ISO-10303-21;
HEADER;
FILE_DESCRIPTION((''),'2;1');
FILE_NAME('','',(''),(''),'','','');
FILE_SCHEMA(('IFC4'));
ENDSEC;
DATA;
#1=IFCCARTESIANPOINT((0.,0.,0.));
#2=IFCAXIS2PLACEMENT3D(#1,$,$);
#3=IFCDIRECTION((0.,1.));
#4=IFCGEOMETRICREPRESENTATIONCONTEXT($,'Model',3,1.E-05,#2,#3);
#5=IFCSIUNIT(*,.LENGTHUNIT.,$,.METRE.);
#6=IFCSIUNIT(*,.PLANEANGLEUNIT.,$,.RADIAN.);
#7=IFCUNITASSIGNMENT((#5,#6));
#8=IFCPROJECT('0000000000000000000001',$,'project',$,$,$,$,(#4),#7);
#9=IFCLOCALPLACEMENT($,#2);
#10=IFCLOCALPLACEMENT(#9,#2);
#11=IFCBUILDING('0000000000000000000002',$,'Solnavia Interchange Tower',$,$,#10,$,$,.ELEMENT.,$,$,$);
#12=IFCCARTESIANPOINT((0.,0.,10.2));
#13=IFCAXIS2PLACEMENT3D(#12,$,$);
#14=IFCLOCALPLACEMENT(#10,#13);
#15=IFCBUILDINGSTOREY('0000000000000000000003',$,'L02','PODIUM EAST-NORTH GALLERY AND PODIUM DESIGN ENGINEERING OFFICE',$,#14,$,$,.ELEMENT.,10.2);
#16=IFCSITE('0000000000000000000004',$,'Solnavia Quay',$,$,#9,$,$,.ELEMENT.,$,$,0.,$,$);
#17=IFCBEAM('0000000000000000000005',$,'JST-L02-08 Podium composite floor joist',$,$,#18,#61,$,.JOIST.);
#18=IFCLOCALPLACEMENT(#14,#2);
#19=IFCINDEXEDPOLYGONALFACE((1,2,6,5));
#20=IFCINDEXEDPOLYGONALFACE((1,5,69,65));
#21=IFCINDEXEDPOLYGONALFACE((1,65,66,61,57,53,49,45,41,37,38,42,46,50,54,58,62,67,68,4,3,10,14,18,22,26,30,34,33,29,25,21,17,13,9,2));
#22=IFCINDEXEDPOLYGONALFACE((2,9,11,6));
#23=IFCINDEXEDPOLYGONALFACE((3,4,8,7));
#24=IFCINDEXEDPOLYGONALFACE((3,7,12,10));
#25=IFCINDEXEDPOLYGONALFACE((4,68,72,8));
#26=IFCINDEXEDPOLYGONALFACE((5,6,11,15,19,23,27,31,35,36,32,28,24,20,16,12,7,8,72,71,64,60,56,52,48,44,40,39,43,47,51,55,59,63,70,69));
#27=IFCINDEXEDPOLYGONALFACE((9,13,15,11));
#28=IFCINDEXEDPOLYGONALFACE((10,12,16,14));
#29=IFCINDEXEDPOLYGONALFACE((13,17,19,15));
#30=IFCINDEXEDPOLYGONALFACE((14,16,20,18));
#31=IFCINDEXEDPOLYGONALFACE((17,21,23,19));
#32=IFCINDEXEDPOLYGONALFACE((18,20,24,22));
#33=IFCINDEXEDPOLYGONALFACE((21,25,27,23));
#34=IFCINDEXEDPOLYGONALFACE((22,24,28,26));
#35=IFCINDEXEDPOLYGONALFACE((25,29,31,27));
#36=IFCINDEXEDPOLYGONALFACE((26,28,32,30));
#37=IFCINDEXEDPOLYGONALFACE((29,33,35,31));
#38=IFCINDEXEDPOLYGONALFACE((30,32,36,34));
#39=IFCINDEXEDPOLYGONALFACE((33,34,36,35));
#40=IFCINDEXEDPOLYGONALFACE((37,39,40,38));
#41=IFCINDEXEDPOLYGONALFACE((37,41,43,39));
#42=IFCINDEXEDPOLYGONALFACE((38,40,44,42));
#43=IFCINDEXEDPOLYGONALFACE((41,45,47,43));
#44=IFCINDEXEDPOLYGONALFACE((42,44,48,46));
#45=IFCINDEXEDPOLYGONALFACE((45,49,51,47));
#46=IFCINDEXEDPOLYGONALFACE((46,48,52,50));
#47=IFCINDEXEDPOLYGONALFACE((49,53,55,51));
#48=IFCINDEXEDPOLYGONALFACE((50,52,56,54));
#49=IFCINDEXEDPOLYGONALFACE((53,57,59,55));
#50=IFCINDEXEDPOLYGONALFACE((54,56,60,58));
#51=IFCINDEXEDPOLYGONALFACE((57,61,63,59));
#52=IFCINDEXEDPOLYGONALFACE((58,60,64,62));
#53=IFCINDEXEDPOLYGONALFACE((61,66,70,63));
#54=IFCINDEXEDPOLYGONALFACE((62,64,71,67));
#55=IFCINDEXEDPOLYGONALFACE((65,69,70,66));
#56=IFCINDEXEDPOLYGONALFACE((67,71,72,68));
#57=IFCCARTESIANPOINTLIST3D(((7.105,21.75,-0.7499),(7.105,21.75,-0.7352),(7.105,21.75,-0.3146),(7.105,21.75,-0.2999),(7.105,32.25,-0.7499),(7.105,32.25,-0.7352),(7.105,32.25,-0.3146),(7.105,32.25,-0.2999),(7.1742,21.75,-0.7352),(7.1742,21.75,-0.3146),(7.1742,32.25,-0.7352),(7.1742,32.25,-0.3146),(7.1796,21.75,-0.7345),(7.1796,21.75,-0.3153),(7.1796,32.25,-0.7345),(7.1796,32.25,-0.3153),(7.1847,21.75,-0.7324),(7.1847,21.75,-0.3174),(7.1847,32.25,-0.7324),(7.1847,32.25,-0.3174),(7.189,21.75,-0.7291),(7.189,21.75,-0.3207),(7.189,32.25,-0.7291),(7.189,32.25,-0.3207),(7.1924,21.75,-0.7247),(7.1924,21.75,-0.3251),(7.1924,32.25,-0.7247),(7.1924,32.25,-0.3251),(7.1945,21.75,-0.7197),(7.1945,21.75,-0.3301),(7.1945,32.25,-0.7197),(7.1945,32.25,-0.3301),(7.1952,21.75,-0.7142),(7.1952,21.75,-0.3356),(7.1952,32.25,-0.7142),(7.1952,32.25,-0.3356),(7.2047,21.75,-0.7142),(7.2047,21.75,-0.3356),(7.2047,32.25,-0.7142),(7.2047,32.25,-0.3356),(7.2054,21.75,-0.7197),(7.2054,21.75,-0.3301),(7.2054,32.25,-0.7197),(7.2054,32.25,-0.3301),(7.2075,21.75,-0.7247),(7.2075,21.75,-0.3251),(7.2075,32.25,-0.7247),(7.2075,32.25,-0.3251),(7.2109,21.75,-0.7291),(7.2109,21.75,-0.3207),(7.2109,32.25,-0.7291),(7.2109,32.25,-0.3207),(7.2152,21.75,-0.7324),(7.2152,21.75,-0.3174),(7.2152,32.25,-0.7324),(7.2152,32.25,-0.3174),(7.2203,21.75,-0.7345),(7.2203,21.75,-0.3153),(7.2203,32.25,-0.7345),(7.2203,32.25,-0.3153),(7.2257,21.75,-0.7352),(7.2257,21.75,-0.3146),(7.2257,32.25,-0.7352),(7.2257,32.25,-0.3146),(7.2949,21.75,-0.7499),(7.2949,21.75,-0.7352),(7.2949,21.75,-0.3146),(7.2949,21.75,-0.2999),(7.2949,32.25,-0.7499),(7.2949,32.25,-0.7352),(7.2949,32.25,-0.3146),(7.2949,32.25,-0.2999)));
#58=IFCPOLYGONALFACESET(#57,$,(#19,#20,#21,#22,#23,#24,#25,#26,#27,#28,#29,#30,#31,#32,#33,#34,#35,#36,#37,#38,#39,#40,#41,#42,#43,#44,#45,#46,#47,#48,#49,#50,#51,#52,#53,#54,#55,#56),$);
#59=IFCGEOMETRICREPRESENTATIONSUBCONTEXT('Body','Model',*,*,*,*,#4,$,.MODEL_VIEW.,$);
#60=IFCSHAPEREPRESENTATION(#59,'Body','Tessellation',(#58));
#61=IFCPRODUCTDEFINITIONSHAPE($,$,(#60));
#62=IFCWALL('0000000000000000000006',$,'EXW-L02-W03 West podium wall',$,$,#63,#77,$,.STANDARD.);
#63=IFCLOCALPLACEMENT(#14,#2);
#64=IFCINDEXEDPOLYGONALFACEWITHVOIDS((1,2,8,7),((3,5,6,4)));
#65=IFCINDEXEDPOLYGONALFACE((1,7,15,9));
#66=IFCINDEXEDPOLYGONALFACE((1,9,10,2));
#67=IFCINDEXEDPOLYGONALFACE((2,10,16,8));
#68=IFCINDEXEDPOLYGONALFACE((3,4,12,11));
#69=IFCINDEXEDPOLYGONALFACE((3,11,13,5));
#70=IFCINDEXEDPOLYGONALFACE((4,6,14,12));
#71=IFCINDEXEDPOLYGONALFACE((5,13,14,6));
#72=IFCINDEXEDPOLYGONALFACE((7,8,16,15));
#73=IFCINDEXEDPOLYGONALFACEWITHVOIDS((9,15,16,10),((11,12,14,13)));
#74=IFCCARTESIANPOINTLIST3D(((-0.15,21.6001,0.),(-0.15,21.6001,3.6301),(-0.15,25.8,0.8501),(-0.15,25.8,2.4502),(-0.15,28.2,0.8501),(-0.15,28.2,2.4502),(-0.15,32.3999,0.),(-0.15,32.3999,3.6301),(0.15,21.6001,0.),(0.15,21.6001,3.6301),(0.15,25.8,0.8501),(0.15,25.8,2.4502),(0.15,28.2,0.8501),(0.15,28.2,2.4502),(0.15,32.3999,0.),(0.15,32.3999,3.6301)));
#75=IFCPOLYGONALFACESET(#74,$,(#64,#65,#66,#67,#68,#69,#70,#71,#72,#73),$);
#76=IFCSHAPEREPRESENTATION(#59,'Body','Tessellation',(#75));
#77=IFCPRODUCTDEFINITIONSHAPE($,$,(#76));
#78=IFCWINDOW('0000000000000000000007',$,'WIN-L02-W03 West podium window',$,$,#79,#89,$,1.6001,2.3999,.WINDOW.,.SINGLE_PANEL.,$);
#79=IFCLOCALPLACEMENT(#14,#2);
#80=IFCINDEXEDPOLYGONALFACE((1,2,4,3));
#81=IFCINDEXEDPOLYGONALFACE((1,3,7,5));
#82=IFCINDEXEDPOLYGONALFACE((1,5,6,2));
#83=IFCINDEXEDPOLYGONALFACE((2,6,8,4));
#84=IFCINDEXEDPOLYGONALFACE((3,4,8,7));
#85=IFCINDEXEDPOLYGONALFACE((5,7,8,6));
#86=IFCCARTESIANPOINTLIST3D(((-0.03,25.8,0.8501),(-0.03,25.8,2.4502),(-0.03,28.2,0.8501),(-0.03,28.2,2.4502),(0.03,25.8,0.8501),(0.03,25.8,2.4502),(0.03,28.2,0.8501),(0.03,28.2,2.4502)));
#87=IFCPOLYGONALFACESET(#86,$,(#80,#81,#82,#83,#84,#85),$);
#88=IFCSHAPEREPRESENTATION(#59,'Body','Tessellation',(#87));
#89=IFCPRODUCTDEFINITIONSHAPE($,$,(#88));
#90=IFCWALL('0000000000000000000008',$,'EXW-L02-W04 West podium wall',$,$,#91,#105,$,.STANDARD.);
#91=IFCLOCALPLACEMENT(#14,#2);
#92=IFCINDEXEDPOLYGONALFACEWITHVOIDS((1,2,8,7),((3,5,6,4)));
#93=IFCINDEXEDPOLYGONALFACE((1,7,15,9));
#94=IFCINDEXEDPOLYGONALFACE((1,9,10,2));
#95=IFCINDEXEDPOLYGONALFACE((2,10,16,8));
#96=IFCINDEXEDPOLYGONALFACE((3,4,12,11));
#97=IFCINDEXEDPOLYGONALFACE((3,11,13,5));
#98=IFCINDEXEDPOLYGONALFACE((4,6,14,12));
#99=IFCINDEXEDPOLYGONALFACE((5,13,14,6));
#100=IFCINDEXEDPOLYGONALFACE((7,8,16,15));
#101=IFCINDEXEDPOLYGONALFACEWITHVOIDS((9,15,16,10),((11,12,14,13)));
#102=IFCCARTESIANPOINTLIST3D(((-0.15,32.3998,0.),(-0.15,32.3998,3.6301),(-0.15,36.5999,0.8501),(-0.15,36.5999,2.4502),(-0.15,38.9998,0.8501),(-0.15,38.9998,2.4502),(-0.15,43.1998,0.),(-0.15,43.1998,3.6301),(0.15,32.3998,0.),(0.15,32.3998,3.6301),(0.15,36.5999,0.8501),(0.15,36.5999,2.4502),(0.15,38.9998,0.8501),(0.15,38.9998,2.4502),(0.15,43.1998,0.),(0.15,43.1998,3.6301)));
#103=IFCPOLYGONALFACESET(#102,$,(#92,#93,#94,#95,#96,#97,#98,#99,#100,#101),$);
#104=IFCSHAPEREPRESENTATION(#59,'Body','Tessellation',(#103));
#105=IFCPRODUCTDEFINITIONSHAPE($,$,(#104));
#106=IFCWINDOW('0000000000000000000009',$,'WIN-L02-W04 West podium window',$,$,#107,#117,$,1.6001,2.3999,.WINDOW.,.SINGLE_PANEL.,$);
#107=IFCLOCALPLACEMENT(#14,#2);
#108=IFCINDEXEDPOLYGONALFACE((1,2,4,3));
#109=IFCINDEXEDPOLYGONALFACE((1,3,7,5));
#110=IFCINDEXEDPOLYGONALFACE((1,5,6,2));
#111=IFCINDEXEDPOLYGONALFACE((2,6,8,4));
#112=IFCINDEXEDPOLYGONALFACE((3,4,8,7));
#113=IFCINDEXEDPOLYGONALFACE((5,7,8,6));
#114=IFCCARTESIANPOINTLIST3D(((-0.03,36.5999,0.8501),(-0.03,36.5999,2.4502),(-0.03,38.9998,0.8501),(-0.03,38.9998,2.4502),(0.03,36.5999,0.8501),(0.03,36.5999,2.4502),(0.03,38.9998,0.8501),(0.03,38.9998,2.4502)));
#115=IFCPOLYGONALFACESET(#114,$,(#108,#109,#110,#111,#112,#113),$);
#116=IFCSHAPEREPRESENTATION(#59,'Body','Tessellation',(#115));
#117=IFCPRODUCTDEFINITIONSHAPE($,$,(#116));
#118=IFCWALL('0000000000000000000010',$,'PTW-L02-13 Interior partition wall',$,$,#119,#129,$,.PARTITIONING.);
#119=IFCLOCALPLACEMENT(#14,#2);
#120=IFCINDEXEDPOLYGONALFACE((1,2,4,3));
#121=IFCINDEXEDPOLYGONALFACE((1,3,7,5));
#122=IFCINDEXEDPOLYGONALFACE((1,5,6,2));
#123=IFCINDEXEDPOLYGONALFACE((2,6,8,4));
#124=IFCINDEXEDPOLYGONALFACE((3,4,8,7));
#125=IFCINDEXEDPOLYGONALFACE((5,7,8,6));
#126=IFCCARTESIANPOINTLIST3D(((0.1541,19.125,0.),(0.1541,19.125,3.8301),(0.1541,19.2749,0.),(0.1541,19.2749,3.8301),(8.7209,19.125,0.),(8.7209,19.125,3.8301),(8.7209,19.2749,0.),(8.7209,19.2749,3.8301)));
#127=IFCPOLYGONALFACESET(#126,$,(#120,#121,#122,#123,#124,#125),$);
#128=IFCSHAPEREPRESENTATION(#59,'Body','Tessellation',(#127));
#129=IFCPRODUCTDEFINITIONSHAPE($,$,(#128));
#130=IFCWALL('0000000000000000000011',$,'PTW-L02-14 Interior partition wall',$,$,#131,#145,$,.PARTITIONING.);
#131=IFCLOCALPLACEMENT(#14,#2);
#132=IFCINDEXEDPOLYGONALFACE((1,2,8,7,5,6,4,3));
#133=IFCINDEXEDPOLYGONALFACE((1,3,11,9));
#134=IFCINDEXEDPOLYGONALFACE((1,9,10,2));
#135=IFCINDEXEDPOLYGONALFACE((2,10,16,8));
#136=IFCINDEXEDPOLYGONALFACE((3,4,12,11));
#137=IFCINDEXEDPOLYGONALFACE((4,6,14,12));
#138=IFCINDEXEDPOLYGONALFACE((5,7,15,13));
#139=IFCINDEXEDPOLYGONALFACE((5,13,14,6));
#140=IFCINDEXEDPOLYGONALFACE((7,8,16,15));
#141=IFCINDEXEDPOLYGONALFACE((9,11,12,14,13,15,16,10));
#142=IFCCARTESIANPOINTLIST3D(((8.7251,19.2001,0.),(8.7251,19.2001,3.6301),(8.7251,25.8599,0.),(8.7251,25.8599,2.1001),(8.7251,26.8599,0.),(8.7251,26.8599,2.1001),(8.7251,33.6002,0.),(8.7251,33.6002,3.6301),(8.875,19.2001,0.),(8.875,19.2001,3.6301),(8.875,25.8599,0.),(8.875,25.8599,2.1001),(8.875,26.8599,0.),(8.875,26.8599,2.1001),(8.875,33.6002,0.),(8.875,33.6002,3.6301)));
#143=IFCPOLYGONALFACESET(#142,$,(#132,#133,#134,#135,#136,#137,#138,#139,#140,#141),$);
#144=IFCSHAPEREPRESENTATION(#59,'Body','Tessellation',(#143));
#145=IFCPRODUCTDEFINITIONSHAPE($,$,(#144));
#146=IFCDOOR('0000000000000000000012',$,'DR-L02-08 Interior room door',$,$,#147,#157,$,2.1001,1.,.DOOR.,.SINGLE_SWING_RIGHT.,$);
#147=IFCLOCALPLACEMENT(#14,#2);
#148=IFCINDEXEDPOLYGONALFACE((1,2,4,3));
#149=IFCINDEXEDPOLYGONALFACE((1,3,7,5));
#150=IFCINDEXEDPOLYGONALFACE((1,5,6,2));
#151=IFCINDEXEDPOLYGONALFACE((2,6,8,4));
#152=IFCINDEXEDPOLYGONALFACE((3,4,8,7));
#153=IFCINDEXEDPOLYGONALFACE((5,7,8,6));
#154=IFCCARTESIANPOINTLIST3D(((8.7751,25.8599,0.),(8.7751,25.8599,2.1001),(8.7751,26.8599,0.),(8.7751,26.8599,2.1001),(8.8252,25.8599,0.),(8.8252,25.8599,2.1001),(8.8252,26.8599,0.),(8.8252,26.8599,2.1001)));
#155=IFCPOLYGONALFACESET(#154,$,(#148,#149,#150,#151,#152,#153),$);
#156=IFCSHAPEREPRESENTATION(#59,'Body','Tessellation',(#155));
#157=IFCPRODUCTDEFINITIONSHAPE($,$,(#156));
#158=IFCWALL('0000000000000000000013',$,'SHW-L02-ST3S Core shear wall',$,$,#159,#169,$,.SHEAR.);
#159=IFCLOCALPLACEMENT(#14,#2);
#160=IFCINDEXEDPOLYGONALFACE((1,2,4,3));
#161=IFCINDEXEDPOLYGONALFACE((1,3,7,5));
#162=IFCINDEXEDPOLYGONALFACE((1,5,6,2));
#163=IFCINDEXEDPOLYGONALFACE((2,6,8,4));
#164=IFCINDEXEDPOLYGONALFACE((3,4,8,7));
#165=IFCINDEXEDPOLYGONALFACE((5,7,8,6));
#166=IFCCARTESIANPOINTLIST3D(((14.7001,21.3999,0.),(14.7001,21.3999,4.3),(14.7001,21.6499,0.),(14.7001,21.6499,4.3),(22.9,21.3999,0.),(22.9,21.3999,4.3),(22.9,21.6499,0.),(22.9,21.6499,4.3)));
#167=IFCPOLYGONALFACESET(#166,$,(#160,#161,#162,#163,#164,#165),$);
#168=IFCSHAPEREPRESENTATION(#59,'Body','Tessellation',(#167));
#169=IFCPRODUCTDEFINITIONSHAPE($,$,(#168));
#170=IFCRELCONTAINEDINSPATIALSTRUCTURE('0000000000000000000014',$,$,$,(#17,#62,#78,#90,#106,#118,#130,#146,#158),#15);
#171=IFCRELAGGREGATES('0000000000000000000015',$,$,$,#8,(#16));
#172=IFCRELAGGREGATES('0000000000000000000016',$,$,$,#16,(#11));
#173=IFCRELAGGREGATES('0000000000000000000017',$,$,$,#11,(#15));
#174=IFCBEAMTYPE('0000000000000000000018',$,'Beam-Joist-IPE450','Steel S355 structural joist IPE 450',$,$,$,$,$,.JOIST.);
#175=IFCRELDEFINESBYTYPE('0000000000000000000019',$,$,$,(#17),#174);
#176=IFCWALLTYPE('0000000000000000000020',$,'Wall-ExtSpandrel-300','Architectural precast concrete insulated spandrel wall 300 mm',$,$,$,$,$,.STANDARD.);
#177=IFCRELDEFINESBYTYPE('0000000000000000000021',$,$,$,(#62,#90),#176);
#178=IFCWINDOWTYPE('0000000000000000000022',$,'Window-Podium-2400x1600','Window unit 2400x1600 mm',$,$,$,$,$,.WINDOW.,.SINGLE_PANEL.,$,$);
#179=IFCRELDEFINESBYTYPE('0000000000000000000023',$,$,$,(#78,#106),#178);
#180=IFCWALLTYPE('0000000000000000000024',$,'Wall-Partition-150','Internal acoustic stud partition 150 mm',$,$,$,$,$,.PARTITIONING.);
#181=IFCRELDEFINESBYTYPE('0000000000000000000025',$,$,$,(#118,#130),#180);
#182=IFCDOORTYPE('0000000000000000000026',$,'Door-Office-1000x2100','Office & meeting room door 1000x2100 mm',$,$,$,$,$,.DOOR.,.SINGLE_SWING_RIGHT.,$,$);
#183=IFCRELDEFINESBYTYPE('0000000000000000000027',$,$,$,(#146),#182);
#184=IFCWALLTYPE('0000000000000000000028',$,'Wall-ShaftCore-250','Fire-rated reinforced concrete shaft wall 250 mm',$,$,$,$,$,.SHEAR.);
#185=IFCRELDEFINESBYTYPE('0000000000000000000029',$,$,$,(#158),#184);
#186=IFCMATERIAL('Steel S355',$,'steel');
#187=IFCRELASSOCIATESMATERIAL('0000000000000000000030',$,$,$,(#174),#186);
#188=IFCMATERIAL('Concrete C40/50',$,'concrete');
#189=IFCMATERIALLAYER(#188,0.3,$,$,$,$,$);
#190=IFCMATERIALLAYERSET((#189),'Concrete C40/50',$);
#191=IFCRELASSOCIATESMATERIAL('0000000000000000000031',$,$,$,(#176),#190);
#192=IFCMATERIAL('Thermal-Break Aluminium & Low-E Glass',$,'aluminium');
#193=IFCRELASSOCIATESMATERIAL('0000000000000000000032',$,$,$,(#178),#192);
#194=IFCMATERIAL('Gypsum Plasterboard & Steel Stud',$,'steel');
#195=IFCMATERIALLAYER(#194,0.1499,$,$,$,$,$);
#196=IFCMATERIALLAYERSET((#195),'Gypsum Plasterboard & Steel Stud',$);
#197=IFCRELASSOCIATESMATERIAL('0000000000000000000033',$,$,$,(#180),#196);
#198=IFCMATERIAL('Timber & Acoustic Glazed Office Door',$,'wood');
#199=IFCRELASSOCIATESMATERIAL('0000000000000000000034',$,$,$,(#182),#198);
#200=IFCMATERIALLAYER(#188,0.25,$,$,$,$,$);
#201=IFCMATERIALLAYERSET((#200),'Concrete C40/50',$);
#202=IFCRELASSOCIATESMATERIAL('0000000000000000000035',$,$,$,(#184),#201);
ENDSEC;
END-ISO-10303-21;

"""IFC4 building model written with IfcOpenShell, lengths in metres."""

from ifc_helpers import new_model, si_unit, direction, frame, frame_2d, origin, origin_2d, place, context, subcontext, project, spatial, rectangle, i_section, extrude, material, layer, layer_set, material_profile, profile_set, type_object, element, fill, save


model = new_model("IFC4")

# Units and contexts
model_context = context("Model", 3, precision=1e-05, world=origin(), true_north=direction((0.0, 1.0)))
body_context = subcontext(model_context, "Body", "Model", "MODEL_VIEW")
ifc_project = project(units=[si_unit("LENGTHUNIT", "METRE"), si_unit("PLANEANGLEUNIT", "RADIAN")], contexts=[model_context])

# Site, building, storey
site_placement = place(None, origin())
site = spatial("IfcSite", under=ifc_project, at=site_placement, Name="Solnavia Quay", CompositionType="ELEMENT", RefElevation=0.0)
building_placement = place(site_placement, origin())
building = spatial("IfcBuilding", under=site, at=building_placement, Name="Solnavia Interchange Tower", CompositionType="ELEMENT")
storey_placement = place(building_placement, frame((0.0, 0.0, 10.2)))
storey = spatial("IfcBuildingStorey", under=building, at=storey_placement, Name="L02", Description="PODIUM EAST-NORTH GALLERY AND PODIUM DESIGN ENGINEERING OFFICE", CompositionType="ELEMENT", Elevation=10.2)

# Beam
ifc_material_1 = material(Name="Steel S355", Category="steel")
ifc_material_profile_1 = material_profile(ifc_material_1, i_section(OverallWidth=0.1899, OverallDepth=0.45, WebThickness=0.0095, FlangeThickness=0.0146, FilletRadius=0.021, at=origin_2d()), Name="IPE 450")
ifc_profile_set_1 = profile_set([ifc_material_profile_1], Name="Steel S355")
beam_type_1 = type_object("IfcBeamType", Name="Beam-Joist-IPE450", Description="Steel S355 structural joist IPE 450", PredefinedType="JOIST", material=ifc_profile_set_1)
for number, where, z_axis, x_axis, name in (
    (1, (7.2, 21.75, -0.5249), (0.0, 1.0, 0.0), (-1.0, 0.0, 0.0), "JST-L02-08 Podium composite floor joist"),
):
    element("IfcBeam", number, at=place(storey_placement, frame(where, z_axis=z_axis, x_axis=x_axis)), inside=storey, type_object=beam_type_1, Name=name, PredefinedType="JOIST", context=body_context, shape_type="SweptSolid", body=[
        extrude(i_section(OverallWidth=0.1899, OverallDepth=0.45, WebThickness=0.0095, FlangeThickness=0.0146, FilletRadius=0.021, at=origin_2d()), origin(), (0.0, 0.0, 1.0), 10.5),
    ])

# Walls, openings, windows
ifc_material_2 = material(Name="Concrete C40/50", Category="concrete")
ifc_layer_1 = layer(ifc_material_2, 0.3)
ifc_layer_set_1 = layer_set([ifc_layer_1], Name="Concrete C40/50")
wall_type_1 = type_object("IfcWallType", Name="Wall-ExtSpandrel-300", Description="Architectural precast concrete insulated spandrel wall 300 mm", PredefinedType="STANDARD", material=ifc_layer_set_1)
wall_1_placement = place(storey_placement, frame((0.0, 21.6001, 0.0), z_axis=(0.0, 0.0, 1.0), x_axis=(0.0, 1.0, 0.0)))
wall_1 = element("IfcWall", 2, at=wall_1_placement, inside=storey, type_object=wall_type_1, Name="EXW-L02-W03 West podium wall", PredefinedType="STANDARD", context=body_context, shape_type="SweptSolid", body=[
    extrude(rectangle(XDim=10.7998, YDim=0.3, at=frame_2d((5.3999, 0.0))), origin(), (0.0, 0.0, 1.0), 3.6301),
])
opening_1_placement = place(wall_1_placement, frame((4.2, 0.0, 0.8501)))
opening_1 = element("IfcOpeningElement", 3, at=opening_1_placement, cuts=wall_1, PredefinedType="OPENING", context=body_context, shape_type="SweptSolid", body=[
    extrude(rectangle(XDim=2.3999, YDim=1.6001, at=frame_2d((1.2, 0.8))), frame((0.0, 0.1602, 0.0), z_axis=(0.0, -1.0, 0.0), x_axis=(1.0, 0.0, 0.0)), (0.0, 0.0, 1.0), 0.3201),
])
ifc_material_3 = material(Name="Thermal-Break Aluminium & Low-E Glass", Category="aluminium")
window_type = type_object("IfcWindowType", Name="Window-Podium-2400x1600", Description="Window unit 2400x1600 mm", PartitioningType="SINGLE_PANEL", PredefinedType="WINDOW", material=ifc_material_3)
window_1_placement = place(opening_1_placement, origin())
window_1 = element("IfcWindow", 4, at=window_1_placement, inside=storey, type_object=window_type, Name="WIN-L02-W03 West podium window", OverallHeight=1.6001, OverallWidth=2.3999, PartitioningType="SINGLE_PANEL", PredefinedType="WINDOW", context=body_context, shape_type="SweptSolid", body=[
    extrude(rectangle(XDim=2.3999, YDim=1.6001, at=frame_2d((1.2, 0.8))), frame((0.0, 0.03, 0.0), z_axis=(0.0, -1.0, 0.0), x_axis=(1.0, 0.0, 0.0)), (0.0, 0.0, 1.0), 0.0601),
])
fill(opening_1, window_1)
wall_2_placement = place(storey_placement, frame((0.0, 32.3999, 0.0), z_axis=(0.0, 0.0, 1.0), x_axis=(0.0, 1.0, 0.0)))
wall_2 = element("IfcWall", 5, at=wall_2_placement, inside=storey, type_object=wall_type_1, Name="EXW-L02-W04 West podium wall", PredefinedType="STANDARD", context=body_context, shape_type="SweptSolid", body=[
    extrude(rectangle(XDim=10.8, YDim=0.3, at=frame_2d((5.3999, 0.0))), origin(), (0.0, 0.0, 1.0), 3.6301),
])
opening_2_placement = place(wall_2_placement, frame((4.2, 0.0, 0.8501)))
opening_2 = element("IfcOpeningElement", 6, at=opening_2_placement, cuts=wall_2, PredefinedType="OPENING", context=body_context, shape_type="SweptSolid", body=[
    extrude(rectangle(XDim=2.3999, YDim=1.6001, at=frame_2d((1.2, 0.8))), frame((0.0, 0.1602, 0.0), z_axis=(0.0, -1.0, 0.0), x_axis=(1.0, 0.0, 0.0)), (0.0, 0.0, 1.0), 0.3201),
])
window_2_placement = place(opening_2_placement, origin())
window_2 = element("IfcWindow", 7, at=window_2_placement, inside=storey, type_object=window_type, Name="WIN-L02-W04 West podium window", OverallHeight=1.6001, OverallWidth=2.3999, PartitioningType="SINGLE_PANEL", PredefinedType="WINDOW", context=body_context, shape_type="SweptSolid", body=[
    extrude(rectangle(XDim=2.3999, YDim=1.6001, at=frame_2d((1.2, 0.8))), frame((0.0, 0.03, 0.0), z_axis=(0.0, -1.0, 0.0), x_axis=(1.0, 0.0, 0.0)), (0.0, 0.0, 1.0), 0.0601),
])
fill(opening_2, window_2)

# Wall
ifc_material_4 = material(Name="Gypsum Plasterboard & Steel Stud", Category="steel")
ifc_layer_2 = layer(ifc_material_4, 0.1499)
ifc_layer_set_2 = layer_set([ifc_layer_2], Name="Gypsum Plasterboard & Steel Stud")
wall_type_2 = type_object("IfcWallType", Name="Wall-Partition-150", Description="Internal acoustic stud partition 150 mm", PredefinedType="PARTITIONING", material=ifc_layer_set_2)
wall_3_placement = place(storey_placement, frame((0.1541, 19.2, 0.0), z_axis=(0.0, 0.0, 1.0), x_axis=(1.0, 0.0, 0.0)))
element("IfcWall", 8, at=wall_3_placement, inside=storey, type_object=wall_type_2, Name="PTW-L02-13 Interior partition wall", PredefinedType="PARTITIONING", context=body_context, shape_type="SweptSolid", body=[
    extrude(rectangle(XDim=8.5669, YDim=0.1499, at=frame_2d((4.2834, 0.0))), origin(), (0.0, 0.0, 1.0), 3.8301),
])

# Wall, opening, door
wall_4_placement = place(storey_placement, frame((8.8, 19.2, 0.0), z_axis=(0.0, 0.0, 1.0), x_axis=(0.0, 1.0, 0.0)))
wall_4 = element("IfcWall", 9, at=wall_4_placement, inside=storey, type_object=wall_type_2, Name="PTW-L02-14 Interior partition wall", PredefinedType="PARTITIONING", context=body_context, shape_type="SweptSolid", body=[
    extrude(rectangle(XDim=14.4001, YDim=0.1499, at=frame_2d((7.2002, 0.0))), origin(), (0.0, 0.0, 1.0), 3.6301),
])
opening_3_placement = place(wall_4_placement, frame((6.6599, 0.0, 0.0)))
opening_3 = element("IfcOpeningElement", 10, at=opening_3_placement, cuts=wall_4, PredefinedType="OPENING", context=body_context, shape_type="SweptSolid", body=[
    extrude(rectangle(XDim=1.0, YDim=2.1001, at=frame_2d((0.5, 1.05))), frame((0.0, 0.085, 0.0), z_axis=(0.0, -1.0, 0.0), x_axis=(1.0, 0.0, 0.0)), (0.0, 0.0, 1.0), 0.1699),
])
ifc_material_5 = material(Name="Timber & Acoustic Glazed Office Door", Category="wood")
door_type_1 = type_object("IfcDoorType", Name="Door-Office-1000x2100", Description="Office & meeting room door 1000x2100 mm", OperationType="SINGLE_SWING_RIGHT", PredefinedType="DOOR", material=ifc_material_5)
door_1_placement = place(opening_3_placement, origin())
door_1 = element("IfcDoor", 11, at=door_1_placement, inside=storey, type_object=door_type_1, Name="DR-L02-08 Interior room door", OperationType="SINGLE_SWING_RIGHT", OverallHeight=2.1001, OverallWidth=1.0, PredefinedType="DOOR", context=body_context, shape_type="SweptSolid", body=[
    extrude(rectangle(XDim=1.0, YDim=2.1001, at=frame_2d((0.5, 1.05))), frame((0.0, 0.0249, 0.0), z_axis=(0.0, -1.0, 0.0), x_axis=(1.0, 0.0, 0.0)), (0.0, 0.0, 1.0), 0.05),
])
fill(opening_3, door_1)

# Wall
ifc_layer_3 = layer(ifc_material_2, 0.25)
ifc_layer_set_3 = layer_set([ifc_layer_3], Name="Concrete C40/50")
wall_type_3 = type_object("IfcWallType", Name="Wall-ShaftCore-250", Description="Fire-rated reinforced concrete shaft wall 250 mm", PredefinedType="SHEAR", material=ifc_layer_set_3)
for number, where, z_axis, x_axis, name in (
    (12, (14.7, 21.5249, 0.0), (0.0, 0.0, 1.0), (1.0, 0.0, 0.0), "SHW-L02-ST3S Core shear wall"),
):
    element("IfcWall", number, at=place(storey_placement, frame(where, z_axis=z_axis, x_axis=x_axis)), inside=storey, type_object=wall_type_3, Name=name, PredefinedType="SHEAR", context=body_context, shape_type="SweptSolid", body=[
        extrude(rectangle(XDim=8.2, YDim=0.25, at=frame_2d((4.1001, 0.0))), origin(), (0.0, 0.0, 1.0), 4.3),
    ])

save(model, "model.ifc")
